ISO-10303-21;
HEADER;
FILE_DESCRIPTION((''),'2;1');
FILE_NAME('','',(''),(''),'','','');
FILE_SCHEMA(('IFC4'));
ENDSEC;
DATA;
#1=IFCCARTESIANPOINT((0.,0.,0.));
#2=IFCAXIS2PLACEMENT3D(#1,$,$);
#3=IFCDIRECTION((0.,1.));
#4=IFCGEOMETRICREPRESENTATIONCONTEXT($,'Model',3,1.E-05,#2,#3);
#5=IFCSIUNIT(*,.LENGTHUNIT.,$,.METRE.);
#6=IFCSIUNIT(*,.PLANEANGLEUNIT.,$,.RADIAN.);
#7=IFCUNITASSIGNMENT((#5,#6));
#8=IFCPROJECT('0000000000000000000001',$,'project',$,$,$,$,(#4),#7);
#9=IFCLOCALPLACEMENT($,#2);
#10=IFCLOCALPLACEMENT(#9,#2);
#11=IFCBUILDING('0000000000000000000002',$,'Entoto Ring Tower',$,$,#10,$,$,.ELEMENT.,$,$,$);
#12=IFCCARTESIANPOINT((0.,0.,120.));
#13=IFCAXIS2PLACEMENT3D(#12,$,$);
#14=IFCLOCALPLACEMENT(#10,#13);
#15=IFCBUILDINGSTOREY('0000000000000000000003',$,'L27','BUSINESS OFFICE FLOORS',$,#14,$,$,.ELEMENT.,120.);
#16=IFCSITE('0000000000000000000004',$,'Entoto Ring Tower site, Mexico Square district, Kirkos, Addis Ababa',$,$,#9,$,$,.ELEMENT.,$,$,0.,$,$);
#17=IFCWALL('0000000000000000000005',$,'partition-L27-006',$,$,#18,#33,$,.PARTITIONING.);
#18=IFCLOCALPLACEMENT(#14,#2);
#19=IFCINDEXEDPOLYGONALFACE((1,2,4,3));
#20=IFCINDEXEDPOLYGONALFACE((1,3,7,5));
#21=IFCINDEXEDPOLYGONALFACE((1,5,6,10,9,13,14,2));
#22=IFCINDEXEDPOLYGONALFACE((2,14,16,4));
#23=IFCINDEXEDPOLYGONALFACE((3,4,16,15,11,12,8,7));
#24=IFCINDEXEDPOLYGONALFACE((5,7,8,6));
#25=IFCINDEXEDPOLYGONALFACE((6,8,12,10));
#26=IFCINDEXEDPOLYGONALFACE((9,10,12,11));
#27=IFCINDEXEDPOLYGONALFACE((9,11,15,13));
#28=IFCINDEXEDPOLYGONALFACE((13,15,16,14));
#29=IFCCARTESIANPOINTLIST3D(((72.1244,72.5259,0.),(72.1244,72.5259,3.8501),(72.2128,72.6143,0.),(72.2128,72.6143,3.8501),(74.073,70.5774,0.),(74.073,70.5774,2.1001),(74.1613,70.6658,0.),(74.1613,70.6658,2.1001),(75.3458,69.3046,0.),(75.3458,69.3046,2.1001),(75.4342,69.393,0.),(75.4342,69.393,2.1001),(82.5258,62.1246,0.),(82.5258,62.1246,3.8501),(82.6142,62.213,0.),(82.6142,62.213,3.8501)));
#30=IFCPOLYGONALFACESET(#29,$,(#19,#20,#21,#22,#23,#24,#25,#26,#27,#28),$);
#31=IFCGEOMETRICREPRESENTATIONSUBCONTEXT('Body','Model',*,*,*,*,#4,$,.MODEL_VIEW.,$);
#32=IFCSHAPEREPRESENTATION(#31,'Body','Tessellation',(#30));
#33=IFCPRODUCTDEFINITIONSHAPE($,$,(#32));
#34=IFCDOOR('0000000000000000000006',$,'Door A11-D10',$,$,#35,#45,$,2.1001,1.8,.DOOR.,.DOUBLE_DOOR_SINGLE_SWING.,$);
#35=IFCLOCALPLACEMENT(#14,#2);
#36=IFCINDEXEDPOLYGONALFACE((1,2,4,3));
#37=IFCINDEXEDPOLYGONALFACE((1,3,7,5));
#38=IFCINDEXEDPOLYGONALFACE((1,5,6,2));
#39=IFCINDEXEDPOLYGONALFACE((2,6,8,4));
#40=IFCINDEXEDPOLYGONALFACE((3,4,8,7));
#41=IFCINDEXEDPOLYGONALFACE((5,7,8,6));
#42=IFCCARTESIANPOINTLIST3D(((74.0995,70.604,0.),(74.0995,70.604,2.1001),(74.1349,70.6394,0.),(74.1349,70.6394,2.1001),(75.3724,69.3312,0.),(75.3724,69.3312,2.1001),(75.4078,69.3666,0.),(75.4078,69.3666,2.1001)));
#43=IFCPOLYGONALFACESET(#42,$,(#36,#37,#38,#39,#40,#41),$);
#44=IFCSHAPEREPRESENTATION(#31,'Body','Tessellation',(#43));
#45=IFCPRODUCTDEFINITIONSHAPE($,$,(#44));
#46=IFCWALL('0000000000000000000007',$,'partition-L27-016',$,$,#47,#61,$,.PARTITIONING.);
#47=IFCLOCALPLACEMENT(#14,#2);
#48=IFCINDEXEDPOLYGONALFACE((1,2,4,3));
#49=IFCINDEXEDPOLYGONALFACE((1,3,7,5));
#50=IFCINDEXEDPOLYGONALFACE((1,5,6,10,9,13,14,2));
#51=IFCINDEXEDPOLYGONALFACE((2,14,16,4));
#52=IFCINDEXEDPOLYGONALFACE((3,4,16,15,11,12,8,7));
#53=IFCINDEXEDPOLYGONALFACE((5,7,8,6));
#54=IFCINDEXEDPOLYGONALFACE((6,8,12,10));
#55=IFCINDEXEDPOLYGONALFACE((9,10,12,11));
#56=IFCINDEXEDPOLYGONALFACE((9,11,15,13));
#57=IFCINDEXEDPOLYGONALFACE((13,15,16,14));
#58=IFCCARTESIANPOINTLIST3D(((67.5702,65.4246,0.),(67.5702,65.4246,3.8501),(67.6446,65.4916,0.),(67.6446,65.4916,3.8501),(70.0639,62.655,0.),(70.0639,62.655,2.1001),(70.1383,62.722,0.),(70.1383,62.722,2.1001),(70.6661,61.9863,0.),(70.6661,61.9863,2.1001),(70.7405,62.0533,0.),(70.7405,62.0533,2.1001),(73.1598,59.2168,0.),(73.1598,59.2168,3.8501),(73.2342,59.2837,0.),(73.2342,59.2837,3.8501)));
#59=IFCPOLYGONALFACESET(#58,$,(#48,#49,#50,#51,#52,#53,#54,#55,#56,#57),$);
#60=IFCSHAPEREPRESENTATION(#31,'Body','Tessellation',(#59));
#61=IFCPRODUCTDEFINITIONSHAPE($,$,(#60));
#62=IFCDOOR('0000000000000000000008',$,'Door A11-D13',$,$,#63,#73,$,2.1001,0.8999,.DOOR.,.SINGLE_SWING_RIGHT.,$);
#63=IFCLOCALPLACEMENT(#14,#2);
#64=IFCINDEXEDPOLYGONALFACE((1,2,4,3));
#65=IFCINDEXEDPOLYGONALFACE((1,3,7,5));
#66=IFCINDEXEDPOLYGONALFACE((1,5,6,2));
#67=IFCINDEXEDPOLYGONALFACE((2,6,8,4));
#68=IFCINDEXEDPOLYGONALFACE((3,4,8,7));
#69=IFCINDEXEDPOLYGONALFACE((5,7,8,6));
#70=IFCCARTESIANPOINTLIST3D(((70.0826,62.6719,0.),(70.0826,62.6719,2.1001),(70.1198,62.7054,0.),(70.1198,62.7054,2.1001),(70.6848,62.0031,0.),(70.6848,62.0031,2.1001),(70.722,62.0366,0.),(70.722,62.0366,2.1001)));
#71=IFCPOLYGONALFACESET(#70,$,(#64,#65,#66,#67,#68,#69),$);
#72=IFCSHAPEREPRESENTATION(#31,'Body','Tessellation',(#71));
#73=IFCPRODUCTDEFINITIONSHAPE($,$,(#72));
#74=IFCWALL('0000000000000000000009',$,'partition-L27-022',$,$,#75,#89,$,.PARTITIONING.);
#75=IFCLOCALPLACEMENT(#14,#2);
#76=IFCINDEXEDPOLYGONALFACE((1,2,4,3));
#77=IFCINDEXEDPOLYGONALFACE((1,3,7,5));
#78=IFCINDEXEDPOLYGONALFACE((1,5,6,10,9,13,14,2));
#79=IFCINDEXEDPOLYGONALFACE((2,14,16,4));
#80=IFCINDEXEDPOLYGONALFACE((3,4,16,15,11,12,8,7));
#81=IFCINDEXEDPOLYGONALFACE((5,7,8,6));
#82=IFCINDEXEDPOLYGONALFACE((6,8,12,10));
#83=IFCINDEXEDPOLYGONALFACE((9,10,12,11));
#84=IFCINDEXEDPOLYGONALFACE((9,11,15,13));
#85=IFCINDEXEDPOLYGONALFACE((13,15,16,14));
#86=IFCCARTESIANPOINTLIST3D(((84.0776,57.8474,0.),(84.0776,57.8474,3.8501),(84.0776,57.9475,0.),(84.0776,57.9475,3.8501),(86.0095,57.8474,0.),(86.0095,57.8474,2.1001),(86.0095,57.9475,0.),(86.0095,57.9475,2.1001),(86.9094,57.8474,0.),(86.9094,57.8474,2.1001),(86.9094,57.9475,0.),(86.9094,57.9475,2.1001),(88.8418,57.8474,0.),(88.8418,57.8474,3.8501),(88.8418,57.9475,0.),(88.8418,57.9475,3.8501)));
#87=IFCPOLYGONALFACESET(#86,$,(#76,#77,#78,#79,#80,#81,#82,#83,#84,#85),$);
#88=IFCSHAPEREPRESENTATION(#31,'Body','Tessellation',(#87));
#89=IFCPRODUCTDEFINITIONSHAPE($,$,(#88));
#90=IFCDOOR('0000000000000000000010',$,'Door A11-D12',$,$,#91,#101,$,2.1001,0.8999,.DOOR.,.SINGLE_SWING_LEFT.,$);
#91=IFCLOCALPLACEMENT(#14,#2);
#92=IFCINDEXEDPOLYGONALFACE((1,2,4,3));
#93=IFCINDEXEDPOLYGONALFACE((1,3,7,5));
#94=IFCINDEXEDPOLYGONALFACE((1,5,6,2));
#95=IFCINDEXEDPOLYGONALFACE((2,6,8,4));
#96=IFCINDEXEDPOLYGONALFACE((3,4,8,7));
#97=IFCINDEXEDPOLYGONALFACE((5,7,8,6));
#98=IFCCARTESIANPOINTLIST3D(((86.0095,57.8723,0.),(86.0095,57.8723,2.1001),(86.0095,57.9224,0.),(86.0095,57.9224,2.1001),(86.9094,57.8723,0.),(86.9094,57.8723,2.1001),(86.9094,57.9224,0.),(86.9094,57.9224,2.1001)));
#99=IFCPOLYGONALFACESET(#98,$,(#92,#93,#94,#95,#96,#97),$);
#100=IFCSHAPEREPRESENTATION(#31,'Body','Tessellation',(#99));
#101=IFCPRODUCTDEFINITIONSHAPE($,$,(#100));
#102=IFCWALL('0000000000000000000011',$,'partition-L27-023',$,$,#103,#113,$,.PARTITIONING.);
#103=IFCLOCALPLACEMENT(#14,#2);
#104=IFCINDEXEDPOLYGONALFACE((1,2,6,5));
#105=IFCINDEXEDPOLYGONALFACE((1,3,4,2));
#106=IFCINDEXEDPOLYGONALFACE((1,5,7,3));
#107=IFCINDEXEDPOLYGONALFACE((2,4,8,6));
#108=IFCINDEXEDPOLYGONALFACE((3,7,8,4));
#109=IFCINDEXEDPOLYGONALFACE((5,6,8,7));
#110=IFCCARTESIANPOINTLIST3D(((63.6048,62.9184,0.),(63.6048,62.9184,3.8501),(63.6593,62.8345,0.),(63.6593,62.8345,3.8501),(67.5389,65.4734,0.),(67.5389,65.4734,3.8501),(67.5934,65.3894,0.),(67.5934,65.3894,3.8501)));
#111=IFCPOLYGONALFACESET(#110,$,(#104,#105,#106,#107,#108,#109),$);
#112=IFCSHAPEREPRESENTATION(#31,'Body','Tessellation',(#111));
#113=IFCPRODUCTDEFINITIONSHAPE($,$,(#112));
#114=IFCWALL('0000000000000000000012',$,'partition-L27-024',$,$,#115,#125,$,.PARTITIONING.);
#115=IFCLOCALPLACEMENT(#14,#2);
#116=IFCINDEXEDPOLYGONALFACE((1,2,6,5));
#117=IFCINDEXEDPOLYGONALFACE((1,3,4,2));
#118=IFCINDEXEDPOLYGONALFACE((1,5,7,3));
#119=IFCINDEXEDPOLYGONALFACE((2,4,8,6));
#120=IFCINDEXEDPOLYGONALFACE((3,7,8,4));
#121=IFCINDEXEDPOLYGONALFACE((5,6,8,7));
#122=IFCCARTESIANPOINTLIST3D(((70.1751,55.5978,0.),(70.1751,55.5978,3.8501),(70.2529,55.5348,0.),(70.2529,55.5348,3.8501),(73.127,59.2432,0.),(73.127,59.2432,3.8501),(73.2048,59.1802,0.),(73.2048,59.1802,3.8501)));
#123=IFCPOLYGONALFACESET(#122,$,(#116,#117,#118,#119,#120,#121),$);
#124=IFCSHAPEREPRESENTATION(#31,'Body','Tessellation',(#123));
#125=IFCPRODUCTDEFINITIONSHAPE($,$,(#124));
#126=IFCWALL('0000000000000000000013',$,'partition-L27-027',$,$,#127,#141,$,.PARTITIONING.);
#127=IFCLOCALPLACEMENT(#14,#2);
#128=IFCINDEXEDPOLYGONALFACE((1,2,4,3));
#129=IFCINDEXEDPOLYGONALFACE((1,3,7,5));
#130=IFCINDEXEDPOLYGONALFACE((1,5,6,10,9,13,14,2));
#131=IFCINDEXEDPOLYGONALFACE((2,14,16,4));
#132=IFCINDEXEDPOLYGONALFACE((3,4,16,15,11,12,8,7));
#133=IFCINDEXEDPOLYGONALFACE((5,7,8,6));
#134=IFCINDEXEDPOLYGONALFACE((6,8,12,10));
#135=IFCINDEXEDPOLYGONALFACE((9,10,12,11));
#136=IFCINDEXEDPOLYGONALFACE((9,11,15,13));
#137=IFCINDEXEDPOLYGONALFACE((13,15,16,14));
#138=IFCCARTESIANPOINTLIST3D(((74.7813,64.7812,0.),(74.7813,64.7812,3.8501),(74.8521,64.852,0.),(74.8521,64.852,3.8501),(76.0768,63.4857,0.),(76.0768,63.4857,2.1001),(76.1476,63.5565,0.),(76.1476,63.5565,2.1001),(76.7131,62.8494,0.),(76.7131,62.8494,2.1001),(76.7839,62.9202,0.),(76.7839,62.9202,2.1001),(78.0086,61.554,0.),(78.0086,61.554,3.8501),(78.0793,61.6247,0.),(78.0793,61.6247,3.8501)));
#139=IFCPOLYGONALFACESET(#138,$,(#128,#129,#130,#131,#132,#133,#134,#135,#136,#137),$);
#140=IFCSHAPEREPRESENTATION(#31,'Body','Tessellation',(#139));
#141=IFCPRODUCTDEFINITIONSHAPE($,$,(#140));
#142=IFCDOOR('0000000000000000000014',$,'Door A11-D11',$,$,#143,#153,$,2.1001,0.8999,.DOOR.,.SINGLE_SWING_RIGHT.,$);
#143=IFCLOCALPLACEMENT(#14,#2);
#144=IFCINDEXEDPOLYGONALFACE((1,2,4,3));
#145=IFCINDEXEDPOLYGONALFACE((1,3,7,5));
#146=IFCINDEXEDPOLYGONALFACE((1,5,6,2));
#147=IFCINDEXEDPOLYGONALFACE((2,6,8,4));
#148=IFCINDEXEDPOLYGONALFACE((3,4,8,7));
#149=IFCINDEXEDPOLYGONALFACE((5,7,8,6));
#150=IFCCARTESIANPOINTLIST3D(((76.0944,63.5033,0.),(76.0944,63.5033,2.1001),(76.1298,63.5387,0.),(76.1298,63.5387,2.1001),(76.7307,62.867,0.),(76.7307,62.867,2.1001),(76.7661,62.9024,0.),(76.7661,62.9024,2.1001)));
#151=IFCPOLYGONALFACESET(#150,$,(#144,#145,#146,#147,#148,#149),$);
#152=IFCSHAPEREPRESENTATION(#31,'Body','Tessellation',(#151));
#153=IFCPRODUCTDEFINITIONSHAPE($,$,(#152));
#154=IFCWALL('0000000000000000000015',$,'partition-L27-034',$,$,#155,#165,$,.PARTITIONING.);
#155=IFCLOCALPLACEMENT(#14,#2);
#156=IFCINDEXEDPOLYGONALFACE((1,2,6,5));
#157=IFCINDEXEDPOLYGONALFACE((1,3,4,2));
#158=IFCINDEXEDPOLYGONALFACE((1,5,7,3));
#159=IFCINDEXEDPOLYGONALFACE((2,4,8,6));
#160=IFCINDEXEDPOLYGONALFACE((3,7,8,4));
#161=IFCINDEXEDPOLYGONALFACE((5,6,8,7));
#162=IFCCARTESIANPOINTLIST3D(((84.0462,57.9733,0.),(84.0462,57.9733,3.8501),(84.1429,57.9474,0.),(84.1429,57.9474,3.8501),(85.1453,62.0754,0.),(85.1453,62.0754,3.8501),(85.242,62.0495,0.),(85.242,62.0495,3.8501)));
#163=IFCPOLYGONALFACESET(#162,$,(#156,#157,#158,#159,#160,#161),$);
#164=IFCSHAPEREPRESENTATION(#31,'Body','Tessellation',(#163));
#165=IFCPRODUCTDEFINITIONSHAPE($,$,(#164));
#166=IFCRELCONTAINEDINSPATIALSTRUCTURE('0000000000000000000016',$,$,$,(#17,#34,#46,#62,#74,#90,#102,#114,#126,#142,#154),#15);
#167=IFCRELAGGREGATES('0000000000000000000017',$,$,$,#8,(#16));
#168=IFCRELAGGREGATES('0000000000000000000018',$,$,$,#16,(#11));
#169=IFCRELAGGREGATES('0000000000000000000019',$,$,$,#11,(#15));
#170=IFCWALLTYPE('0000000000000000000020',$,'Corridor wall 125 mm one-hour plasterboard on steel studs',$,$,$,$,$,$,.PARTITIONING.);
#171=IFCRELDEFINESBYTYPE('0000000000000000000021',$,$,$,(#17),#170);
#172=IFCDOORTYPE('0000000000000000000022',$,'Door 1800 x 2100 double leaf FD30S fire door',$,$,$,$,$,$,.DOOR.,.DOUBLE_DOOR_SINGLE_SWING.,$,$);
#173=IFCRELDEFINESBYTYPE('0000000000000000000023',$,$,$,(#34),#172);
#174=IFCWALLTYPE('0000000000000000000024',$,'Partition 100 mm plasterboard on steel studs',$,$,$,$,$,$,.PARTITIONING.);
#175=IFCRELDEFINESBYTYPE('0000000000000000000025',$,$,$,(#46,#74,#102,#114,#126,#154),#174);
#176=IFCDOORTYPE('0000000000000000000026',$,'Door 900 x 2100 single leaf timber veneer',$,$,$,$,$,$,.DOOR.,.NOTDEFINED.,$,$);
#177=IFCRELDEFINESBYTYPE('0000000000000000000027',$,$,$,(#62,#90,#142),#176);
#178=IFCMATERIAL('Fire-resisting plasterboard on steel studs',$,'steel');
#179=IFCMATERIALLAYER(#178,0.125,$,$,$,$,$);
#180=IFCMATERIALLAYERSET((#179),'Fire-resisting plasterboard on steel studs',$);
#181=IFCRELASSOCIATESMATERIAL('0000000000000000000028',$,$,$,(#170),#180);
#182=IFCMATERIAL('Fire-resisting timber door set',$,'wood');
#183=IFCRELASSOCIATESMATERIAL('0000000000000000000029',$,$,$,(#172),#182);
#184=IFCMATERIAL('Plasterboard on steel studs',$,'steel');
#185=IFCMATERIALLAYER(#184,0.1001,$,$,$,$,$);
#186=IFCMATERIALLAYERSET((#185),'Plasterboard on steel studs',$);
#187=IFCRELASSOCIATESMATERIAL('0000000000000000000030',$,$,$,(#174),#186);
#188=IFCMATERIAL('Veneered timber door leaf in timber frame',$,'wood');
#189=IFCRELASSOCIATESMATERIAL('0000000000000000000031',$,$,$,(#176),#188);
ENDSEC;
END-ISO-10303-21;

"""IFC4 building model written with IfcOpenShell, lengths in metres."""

from ifc_helpers import new_model, si_unit, direction, frame, frame_2d, origin, place, context, subcontext, project, spatial, rectangle, extrude, material, layer, layer_set, type_object, element, fill, save


model = new_model("IFC4")

# Units and contexts
model_context = context("Model", 3, precision=1e-05, world=origin(), true_north=direction((0.0, 1.0)))
body_context = subcontext(model_context, "Body", "Model", "MODEL_VIEW")
ifc_project = project(units=[si_unit("LENGTHUNIT", "METRE"), si_unit("PLANEANGLEUNIT", "RADIAN")], contexts=[model_context])

# Site, building, storey
site_placement = place(None, origin())
site = spatial("IfcSite", under=ifc_project, at=site_placement, Name="Entoto Ring Tower site, Mexico Square district, Kirkos, Addis Ababa", CompositionType="ELEMENT", RefElevation=0.0)
building_placement = place(site_placement, origin())
building = spatial("IfcBuilding", under=site, at=building_placement, Name="Entoto Ring Tower", CompositionType="ELEMENT")
storey_placement = place(building_placement, frame((0.0, 0.0, 120.0)))
storey = spatial("IfcBuildingStorey", under=building, at=storey_placement, Name="L27", Description="BUSINESS OFFICE FLOORS", CompositionType="ELEMENT", Elevation=120.0)

# Shared definitions
ifc_material_1 = material(Name="Fire-resisting plasterboard on steel studs", Category="steel")
ifc_layer_1 = layer(ifc_material_1, 0.125)
ifc_layer_set_1 = layer_set([ifc_layer_1], Name="Fire-resisting plasterboard on steel studs")
wall_type_1 = type_object("IfcWallType", Name="Corridor wall 125 mm one-hour plasterboard on steel studs", PredefinedType="PARTITIONING", material=ifc_layer_set_1)

# Walls, openings, doors
wall_1_placement = place(storey_placement, frame((82.5701, 62.1687, 0.0), z_axis=(0.0, 0.0, 1.0), x_axis=(-0.707107, 0.707107, 0.0)))
wall_1 = element("IfcWall", 1, at=wall_1_placement, inside=storey, type_object=wall_type_1, Name="partition-L27-006", PredefinedType="PARTITIONING", context=body_context, shape_type="SweptSolid", body=[
    extrude(rectangle(XDim=14.7097, YDim=0.125, at=frame_2d((7.355, 0.0))), origin(), (0.0, 0.0, 1.0), 3.8501),
])
opening_1_placement = place(wall_1_placement, frame((10.1543, 0.0, 0.0)))
opening_1 = element("IfcOpeningElement", 2, at=opening_1_placement, cuts=wall_1, PredefinedType="OPENING", context=body_context, shape_type="SweptSolid", body=[
    extrude(rectangle(XDim=1.8, YDim=2.1001, at=frame_2d((0.8999, 1.05))), frame((0.0, 0.0725, 0.0), z_axis=(0.0, -1.0, 0.0), x_axis=(1.0, 0.0, 0.0)), (0.0, 0.0, 1.0), 0.145),
])
ifc_material_2 = material(Name="Fire-resisting timber door set", Category="wood")
door_type_1 = type_object("IfcDoorType", Name="Door 1800 x 2100 double leaf FD30S fire door", OperationType="DOUBLE_DOOR_SINGLE_SWING", PredefinedType="DOOR", material=ifc_material_2)
door_1_placement = place(opening_1_placement, origin())
door_1 = element("IfcDoor", 3, at=door_1_placement, inside=storey, type_object=door_type_1, Name="Door A11-D10", OperationType="DOUBLE_DOOR_SINGLE_SWING", OverallHeight=2.1001, OverallWidth=1.8, PredefinedType="DOOR", context=body_context, shape_type="SweptSolid", body=[
    extrude(rectangle(XDim=1.8, YDim=2.1001, at=frame_2d((0.8999, 1.05))), frame((0.0, 0.0249, 0.0), z_axis=(0.0, -1.0, 0.0), x_axis=(1.0, 0.0, 0.0)), (0.0, 0.0, 1.0), 0.05),
])
fill(opening_1, door_1)
ifc_material_3 = material(Name="Plasterboard on steel studs", Category="steel")
ifc_layer_2 = layer(ifc_material_3, 0.1001)
ifc_layer_set_2 = layer_set([ifc_layer_2], Name="Plasterboard on steel studs")
wall_type_2 = type_object("IfcWallType", Name="Partition 100 mm plasterboard on steel studs", PredefinedType="PARTITIONING", material=ifc_layer_set_2)
wall_2_placement = place(storey_placement, frame((73.197, 59.2502, 0.0), z_axis=(0.0, 0.0, 1.0), x_axis=(-0.669137, 0.743139, 0.0)))
wall_2 = element("IfcWall", 4, at=wall_2_placement, inside=storey, type_object=wall_type_2, Name="partition-L27-016", PredefinedType="PARTITIONING", context=body_context, shape_type="SweptSolid", body=[
    extrude(rectangle(XDim=8.3535, YDim=0.1001, at=frame_2d((4.1768, 0.0))), origin(), (0.0, 0.0, 1.0), 3.8501),
])
opening_2_placement = place(wall_2_placement, frame((3.7268, 0.0, 0.0)))
opening_2 = element("IfcOpeningElement", 5, at=opening_2_placement, cuts=wall_2, PredefinedType="OPENING", context=body_context, shape_type="SweptSolid", body=[
    extrude(rectangle(XDim=0.8999, YDim=2.1001, at=frame_2d((0.45, 1.05))), frame((0.0, 0.0601, 0.0), z_axis=(0.0, -1.0, 0.0), x_axis=(1.0, 0.0, 0.0)), (0.0, 0.0, 1.0), 0.1201),
])
ifc_material_4 = material(Name="Veneered timber door leaf in timber frame", Category="wood")
door_type_2 = type_object("IfcDoorType", Name="Door 900 x 2100 single leaf timber veneer", OperationType="NOTDEFINED", PredefinedType="DOOR", material=ifc_material_4)
door_2_placement = place(opening_2_placement, origin())
door_2 = element("IfcDoor", 6, at=door_2_placement, inside=storey, type_object=door_type_2, Name="Door A11-D13", OperationType="SINGLE_SWING_RIGHT", OverallHeight=2.1001, OverallWidth=0.8999, PredefinedType="DOOR", context=body_context, shape_type="SweptSolid", body=[
    extrude(rectangle(XDim=0.8999, YDim=2.1001, at=frame_2d((0.45, 1.05))), frame((0.0, 0.0249, 0.0), z_axis=(0.0, -1.0, 0.0), x_axis=(1.0, 0.0, 0.0)), (0.0, 0.0, 1.0), 0.05),
])
fill(opening_2, door_2)
wall_3_placement = place(storey_placement, frame((84.0776, 57.8975, 0.0), z_axis=(0.0, 0.0, 1.0), x_axis=(1.0, 0.0, 0.0)))
wall_3 = element("IfcWall", 7, at=wall_3_placement, inside=storey, type_object=wall_type_2, Name="partition-L27-022", PredefinedType="PARTITIONING", context=body_context, shape_type="SweptSolid", body=[
    extrude(rectangle(XDim=4.7642, YDim=0.1001, at=frame_2d((2.3821, 0.0))), origin(), (0.0, 0.0, 1.0), 3.8501),
])
opening_3_placement = place(wall_3_placement, frame((1.9319, 0.0, 0.0)))
opening_3 = element("IfcOpeningElement", 8, at=opening_3_placement, cuts=wall_3, PredefinedType="OPENING", context=body_context, shape_type="SweptSolid", body=[
    extrude(rectangle(XDim=0.8999, YDim=2.1001, at=frame_2d((0.45, 1.05))), frame((0.0, 0.0601, 0.0), z_axis=(0.0, -1.0, 0.0), x_axis=(1.0, 0.0, 0.0)), (0.0, 0.0, 1.0), 0.1201),
])
door_3_placement = place(opening_3_placement, origin())
door_3 = element("IfcDoor", 9, at=door_3_placement, inside=storey, type_object=door_type_2, Name="Door A11-D12", OperationType="SINGLE_SWING_LEFT", OverallHeight=2.1001, OverallWidth=0.8999, PredefinedType="DOOR", context=body_context, shape_type="SweptSolid", body=[
    extrude(rectangle(XDim=0.8999, YDim=2.1001, at=frame_2d((0.45, 1.05))), frame((0.0, 0.0249, 0.0), z_axis=(0.0, -1.0, 0.0), x_axis=(1.0, 0.0, 0.0)), (0.0, 0.0, 1.0), 0.05),
])
fill(opening_3, door_3)

# Walls
wall_4_placement = place(storey_placement, frame((63.6321, 62.8765, 0.0), z_axis=(0.0, 0.0, 1.0), x_axis=(0.83866, 0.544655, 0.0)))
element("IfcWall", 10, at=wall_4_placement, inside=storey, type_object=wall_type_2, Name="partition-L27-023", PredefinedType="PARTITIONING", context=body_context, shape_type="SweptSolid", body=[
    extrude(rectangle(XDim=4.6909, YDim=0.1001, at=frame_2d((2.3455, 0.0))), origin(), (0.0, 0.0, 1.0), 3.8501),
])
wall_5_placement = place(storey_placement, frame((70.2141, 55.5664, 0.0), z_axis=(0.0, 0.0, 1.0), x_axis=(0.629299, 0.777164, 0.0)))
element("IfcWall", 11, at=wall_5_placement, inside=storey, type_object=wall_type_2, Name="partition-L27-024", PredefinedType="PARTITIONING", context=body_context, shape_type="SweptSolid", body=[
    extrude(rectangle(XDim=4.6907, YDim=0.1001, at=frame_2d((2.3452, 0.0))), origin(), (0.0, 0.0, 1.0), 3.8501),
])

# Wall, opening, door
wall_6_placement = place(storey_placement, frame((78.0439, 61.5894, 0.0), z_axis=(0.0, 0.0, 1.0), x_axis=(-0.707107, 0.707107, 0.0)))
wall_6 = element("IfcWall", 12, at=wall_6_placement, inside=storey, type_object=wall_type_2, Name="partition-L27-027", PredefinedType="PARTITIONING", context=body_context, shape_type="SweptSolid", body=[
    extrude(rectangle(XDim=4.564, YDim=0.1001, at=frame_2d((2.282, 0.0))), origin(), (0.0, 0.0, 1.0), 3.8501),
])
opening_4_placement = place(wall_6_placement, frame((1.832, 0.0, 0.0)))
opening_4 = element("IfcOpeningElement", 13, at=opening_4_placement, cuts=wall_6, PredefinedType="OPENING", context=body_context, shape_type="SweptSolid", body=[
    extrude(rectangle(XDim=0.8999, YDim=2.1001, at=frame_2d((0.45, 1.05))), frame((0.0, 0.0601, 0.0), z_axis=(0.0, -1.0, 0.0), x_axis=(1.0, 0.0, 0.0)), (0.0, 0.0, 1.0), 0.1201),
])
door_4_placement = place(opening_4_placement, frame((0.8999, 0.0, 0.0), z_axis=(0.0, 0.0, 1.0), x_axis=(-1.0, 0.0, 0.0)))
door_4 = element("IfcDoor", 14, at=door_4_placement, inside=storey, type_object=door_type_2, Name="Door A11-D11", OperationType="SINGLE_SWING_RIGHT", OverallHeight=2.1001, OverallWidth=0.8999, PredefinedType="DOOR", context=body_context, shape_type="SweptSolid", body=[
    extrude(rectangle(XDim=0.8999, YDim=2.1001, at=frame_2d((0.45, 1.05))), frame((0.0, 0.0249, 0.0), z_axis=(0.0, -1.0, 0.0), x_axis=(1.0, 0.0, 0.0)), (0.0, 0.0, 1.0), 0.05),
])
fill(opening_4, door_4)

# Wall
wall_7_placement = place(storey_placement, frame((84.0945, 57.9602, 0.0), z_axis=(0.0, 0.0, 1.0), x_axis=(0.258815, 0.965927, 0.0)))
element("IfcWall", 15, at=wall_7_placement, inside=storey, type_object=wall_type_2, Name="partition-L27-034", PredefinedType="PARTITIONING", context=body_context, shape_type="SweptSolid", body=[
    extrude(rectangle(XDim=4.2468, YDim=0.1001, at=frame_2d((2.1235, 0.0))), origin(), (0.0, 0.0, 1.0), 3.8501),
])

save(model, "model.ifc")
